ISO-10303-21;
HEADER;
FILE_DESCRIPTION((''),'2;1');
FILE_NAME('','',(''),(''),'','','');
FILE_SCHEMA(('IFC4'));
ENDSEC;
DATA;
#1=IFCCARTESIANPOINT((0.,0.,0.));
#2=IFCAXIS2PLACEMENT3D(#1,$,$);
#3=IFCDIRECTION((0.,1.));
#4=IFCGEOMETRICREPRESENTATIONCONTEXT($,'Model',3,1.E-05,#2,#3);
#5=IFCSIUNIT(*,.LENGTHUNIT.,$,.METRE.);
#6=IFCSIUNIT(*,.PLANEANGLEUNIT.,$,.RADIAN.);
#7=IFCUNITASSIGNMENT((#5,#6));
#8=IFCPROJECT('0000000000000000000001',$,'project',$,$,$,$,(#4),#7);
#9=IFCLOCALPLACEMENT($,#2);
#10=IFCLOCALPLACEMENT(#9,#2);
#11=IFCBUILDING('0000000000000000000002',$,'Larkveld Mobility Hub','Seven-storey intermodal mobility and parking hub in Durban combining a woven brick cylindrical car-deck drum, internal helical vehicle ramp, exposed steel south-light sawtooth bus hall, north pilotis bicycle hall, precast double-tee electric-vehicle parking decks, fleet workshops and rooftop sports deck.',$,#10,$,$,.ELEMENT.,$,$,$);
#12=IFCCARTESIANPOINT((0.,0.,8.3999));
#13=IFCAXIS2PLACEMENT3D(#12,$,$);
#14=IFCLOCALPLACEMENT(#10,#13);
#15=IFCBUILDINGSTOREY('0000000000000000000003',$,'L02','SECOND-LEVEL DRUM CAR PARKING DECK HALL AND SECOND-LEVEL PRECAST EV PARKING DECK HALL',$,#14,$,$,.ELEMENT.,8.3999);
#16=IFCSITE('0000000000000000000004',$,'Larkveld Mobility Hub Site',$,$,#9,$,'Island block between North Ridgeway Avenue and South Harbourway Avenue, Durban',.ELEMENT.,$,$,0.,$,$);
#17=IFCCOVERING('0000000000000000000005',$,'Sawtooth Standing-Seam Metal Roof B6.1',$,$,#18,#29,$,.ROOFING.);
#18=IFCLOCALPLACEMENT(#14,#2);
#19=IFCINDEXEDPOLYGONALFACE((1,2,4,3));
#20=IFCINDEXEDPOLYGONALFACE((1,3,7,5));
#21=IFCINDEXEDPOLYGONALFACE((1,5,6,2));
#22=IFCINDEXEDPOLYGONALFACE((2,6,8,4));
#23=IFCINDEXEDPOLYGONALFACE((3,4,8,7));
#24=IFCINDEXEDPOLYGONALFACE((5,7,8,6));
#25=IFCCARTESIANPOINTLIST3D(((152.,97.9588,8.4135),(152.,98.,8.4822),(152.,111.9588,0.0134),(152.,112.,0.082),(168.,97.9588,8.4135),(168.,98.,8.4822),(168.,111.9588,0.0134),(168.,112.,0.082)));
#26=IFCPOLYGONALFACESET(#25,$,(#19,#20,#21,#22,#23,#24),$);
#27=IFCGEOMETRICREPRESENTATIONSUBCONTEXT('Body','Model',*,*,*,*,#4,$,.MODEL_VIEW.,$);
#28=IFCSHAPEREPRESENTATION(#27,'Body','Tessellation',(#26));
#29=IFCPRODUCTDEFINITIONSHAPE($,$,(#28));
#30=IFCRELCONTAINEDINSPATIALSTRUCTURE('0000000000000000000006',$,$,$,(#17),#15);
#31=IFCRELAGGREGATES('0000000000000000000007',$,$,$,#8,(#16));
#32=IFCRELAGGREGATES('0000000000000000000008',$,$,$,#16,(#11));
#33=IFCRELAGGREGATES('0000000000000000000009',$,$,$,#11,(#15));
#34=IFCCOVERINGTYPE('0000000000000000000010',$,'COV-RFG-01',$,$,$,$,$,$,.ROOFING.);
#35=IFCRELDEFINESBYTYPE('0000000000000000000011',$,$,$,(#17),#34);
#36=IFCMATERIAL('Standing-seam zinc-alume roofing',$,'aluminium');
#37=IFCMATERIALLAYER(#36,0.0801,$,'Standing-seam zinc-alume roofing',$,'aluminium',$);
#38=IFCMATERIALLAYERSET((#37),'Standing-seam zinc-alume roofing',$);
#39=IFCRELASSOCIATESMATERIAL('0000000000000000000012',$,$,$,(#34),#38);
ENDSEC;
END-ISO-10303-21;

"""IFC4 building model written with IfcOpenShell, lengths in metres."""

from ifc_helpers import new_model, si_unit, direction, frame, origin, place, context, subcontext, project, spatial, polyline, outline, extrude, material, layer, layer_set, type_object, element, save


model = new_model("IFC4")

# Units and contexts
model_context = context("Model", 3, precision=1e-05, world=origin(), true_north=direction((0.0, 1.0)))
body_context = subcontext(model_context, "Body", "Model", "MODEL_VIEW")
ifc_project = project(units=[si_unit("LENGTHUNIT", "METRE"), si_unit("PLANEANGLEUNIT", "RADIAN")], contexts=[model_context])

# Site, building, storey
site_placement = place(None, origin())
site = spatial("IfcSite", under=ifc_project, at=site_placement, Name="Larkveld Mobility Hub Site", LongName="Island block between North Ridgeway Avenue and South Harbourway Avenue, Durban", CompositionType="ELEMENT", RefElevation=0.0)
building_placement = place(site_placement, origin())
building = spatial("IfcBuilding", under=site, at=building_placement, Name="Larkveld Mobility Hub", Description="Seven-storey intermodal mobility and parking hub in Durban combining a woven brick cylindrical car-deck drum, internal helical vehicle ramp, exposed steel south-light sawtooth bus hall, north pilotis bicycle hall, precast double-tee electric-vehicle parking decks, fleet workshops and rooftop sports deck.", CompositionType="ELEMENT")
storey_placement = place(building_placement, frame((0.0, 0.0, 8.3999)))
storey = spatial("IfcBuildingStorey", under=building, at=storey_placement, Name="L02", Description="SECOND-LEVEL DRUM CAR PARKING DECK HALL AND SECOND-LEVEL PRECAST EV PARKING DECK HALL", CompositionType="ELEMENT", Elevation=8.3999)

# Covering
ifc_material_1 = material(Name="Standing-seam zinc-alume roofing", Category="aluminium")
ifc_layer_1 = layer(ifc_material_1, 0.0801, Name="Standing-seam zinc-alume roofing", Category="aluminium")
ifc_layer_set_1 = layer_set([ifc_layer_1], Name="Standing-seam zinc-alume roofing")
covering_type = type_object("IfcCoveringType", Name="COV-RFG-01", PredefinedType="ROOFING", material=ifc_layer_set_1)
covering_placement = place(storey_placement, frame((152.0, 98.0, 8.4822), z_axis=(0.0, 0.514502, 0.857489), x_axis=(1.0, 0.0, 0.0)))
element("IfcCovering", 1, at=covering_placement, inside=storey, type_object=covering_type, Name="Sawtooth Standing-Seam Metal Roof B6.1", PredefinedType="ROOFING", context=body_context, shape_type="SweptSolid", body=[
    extrude(outline(polyline([(0.0, 0.0), (16.0, 0.0), (16.0, 16.3267), (0.0, 16.3267), (0.0, 0.0)])), origin(), (0.0, 0.0, -1.0), 0.0801),
])

save(model, "model.ifc")
